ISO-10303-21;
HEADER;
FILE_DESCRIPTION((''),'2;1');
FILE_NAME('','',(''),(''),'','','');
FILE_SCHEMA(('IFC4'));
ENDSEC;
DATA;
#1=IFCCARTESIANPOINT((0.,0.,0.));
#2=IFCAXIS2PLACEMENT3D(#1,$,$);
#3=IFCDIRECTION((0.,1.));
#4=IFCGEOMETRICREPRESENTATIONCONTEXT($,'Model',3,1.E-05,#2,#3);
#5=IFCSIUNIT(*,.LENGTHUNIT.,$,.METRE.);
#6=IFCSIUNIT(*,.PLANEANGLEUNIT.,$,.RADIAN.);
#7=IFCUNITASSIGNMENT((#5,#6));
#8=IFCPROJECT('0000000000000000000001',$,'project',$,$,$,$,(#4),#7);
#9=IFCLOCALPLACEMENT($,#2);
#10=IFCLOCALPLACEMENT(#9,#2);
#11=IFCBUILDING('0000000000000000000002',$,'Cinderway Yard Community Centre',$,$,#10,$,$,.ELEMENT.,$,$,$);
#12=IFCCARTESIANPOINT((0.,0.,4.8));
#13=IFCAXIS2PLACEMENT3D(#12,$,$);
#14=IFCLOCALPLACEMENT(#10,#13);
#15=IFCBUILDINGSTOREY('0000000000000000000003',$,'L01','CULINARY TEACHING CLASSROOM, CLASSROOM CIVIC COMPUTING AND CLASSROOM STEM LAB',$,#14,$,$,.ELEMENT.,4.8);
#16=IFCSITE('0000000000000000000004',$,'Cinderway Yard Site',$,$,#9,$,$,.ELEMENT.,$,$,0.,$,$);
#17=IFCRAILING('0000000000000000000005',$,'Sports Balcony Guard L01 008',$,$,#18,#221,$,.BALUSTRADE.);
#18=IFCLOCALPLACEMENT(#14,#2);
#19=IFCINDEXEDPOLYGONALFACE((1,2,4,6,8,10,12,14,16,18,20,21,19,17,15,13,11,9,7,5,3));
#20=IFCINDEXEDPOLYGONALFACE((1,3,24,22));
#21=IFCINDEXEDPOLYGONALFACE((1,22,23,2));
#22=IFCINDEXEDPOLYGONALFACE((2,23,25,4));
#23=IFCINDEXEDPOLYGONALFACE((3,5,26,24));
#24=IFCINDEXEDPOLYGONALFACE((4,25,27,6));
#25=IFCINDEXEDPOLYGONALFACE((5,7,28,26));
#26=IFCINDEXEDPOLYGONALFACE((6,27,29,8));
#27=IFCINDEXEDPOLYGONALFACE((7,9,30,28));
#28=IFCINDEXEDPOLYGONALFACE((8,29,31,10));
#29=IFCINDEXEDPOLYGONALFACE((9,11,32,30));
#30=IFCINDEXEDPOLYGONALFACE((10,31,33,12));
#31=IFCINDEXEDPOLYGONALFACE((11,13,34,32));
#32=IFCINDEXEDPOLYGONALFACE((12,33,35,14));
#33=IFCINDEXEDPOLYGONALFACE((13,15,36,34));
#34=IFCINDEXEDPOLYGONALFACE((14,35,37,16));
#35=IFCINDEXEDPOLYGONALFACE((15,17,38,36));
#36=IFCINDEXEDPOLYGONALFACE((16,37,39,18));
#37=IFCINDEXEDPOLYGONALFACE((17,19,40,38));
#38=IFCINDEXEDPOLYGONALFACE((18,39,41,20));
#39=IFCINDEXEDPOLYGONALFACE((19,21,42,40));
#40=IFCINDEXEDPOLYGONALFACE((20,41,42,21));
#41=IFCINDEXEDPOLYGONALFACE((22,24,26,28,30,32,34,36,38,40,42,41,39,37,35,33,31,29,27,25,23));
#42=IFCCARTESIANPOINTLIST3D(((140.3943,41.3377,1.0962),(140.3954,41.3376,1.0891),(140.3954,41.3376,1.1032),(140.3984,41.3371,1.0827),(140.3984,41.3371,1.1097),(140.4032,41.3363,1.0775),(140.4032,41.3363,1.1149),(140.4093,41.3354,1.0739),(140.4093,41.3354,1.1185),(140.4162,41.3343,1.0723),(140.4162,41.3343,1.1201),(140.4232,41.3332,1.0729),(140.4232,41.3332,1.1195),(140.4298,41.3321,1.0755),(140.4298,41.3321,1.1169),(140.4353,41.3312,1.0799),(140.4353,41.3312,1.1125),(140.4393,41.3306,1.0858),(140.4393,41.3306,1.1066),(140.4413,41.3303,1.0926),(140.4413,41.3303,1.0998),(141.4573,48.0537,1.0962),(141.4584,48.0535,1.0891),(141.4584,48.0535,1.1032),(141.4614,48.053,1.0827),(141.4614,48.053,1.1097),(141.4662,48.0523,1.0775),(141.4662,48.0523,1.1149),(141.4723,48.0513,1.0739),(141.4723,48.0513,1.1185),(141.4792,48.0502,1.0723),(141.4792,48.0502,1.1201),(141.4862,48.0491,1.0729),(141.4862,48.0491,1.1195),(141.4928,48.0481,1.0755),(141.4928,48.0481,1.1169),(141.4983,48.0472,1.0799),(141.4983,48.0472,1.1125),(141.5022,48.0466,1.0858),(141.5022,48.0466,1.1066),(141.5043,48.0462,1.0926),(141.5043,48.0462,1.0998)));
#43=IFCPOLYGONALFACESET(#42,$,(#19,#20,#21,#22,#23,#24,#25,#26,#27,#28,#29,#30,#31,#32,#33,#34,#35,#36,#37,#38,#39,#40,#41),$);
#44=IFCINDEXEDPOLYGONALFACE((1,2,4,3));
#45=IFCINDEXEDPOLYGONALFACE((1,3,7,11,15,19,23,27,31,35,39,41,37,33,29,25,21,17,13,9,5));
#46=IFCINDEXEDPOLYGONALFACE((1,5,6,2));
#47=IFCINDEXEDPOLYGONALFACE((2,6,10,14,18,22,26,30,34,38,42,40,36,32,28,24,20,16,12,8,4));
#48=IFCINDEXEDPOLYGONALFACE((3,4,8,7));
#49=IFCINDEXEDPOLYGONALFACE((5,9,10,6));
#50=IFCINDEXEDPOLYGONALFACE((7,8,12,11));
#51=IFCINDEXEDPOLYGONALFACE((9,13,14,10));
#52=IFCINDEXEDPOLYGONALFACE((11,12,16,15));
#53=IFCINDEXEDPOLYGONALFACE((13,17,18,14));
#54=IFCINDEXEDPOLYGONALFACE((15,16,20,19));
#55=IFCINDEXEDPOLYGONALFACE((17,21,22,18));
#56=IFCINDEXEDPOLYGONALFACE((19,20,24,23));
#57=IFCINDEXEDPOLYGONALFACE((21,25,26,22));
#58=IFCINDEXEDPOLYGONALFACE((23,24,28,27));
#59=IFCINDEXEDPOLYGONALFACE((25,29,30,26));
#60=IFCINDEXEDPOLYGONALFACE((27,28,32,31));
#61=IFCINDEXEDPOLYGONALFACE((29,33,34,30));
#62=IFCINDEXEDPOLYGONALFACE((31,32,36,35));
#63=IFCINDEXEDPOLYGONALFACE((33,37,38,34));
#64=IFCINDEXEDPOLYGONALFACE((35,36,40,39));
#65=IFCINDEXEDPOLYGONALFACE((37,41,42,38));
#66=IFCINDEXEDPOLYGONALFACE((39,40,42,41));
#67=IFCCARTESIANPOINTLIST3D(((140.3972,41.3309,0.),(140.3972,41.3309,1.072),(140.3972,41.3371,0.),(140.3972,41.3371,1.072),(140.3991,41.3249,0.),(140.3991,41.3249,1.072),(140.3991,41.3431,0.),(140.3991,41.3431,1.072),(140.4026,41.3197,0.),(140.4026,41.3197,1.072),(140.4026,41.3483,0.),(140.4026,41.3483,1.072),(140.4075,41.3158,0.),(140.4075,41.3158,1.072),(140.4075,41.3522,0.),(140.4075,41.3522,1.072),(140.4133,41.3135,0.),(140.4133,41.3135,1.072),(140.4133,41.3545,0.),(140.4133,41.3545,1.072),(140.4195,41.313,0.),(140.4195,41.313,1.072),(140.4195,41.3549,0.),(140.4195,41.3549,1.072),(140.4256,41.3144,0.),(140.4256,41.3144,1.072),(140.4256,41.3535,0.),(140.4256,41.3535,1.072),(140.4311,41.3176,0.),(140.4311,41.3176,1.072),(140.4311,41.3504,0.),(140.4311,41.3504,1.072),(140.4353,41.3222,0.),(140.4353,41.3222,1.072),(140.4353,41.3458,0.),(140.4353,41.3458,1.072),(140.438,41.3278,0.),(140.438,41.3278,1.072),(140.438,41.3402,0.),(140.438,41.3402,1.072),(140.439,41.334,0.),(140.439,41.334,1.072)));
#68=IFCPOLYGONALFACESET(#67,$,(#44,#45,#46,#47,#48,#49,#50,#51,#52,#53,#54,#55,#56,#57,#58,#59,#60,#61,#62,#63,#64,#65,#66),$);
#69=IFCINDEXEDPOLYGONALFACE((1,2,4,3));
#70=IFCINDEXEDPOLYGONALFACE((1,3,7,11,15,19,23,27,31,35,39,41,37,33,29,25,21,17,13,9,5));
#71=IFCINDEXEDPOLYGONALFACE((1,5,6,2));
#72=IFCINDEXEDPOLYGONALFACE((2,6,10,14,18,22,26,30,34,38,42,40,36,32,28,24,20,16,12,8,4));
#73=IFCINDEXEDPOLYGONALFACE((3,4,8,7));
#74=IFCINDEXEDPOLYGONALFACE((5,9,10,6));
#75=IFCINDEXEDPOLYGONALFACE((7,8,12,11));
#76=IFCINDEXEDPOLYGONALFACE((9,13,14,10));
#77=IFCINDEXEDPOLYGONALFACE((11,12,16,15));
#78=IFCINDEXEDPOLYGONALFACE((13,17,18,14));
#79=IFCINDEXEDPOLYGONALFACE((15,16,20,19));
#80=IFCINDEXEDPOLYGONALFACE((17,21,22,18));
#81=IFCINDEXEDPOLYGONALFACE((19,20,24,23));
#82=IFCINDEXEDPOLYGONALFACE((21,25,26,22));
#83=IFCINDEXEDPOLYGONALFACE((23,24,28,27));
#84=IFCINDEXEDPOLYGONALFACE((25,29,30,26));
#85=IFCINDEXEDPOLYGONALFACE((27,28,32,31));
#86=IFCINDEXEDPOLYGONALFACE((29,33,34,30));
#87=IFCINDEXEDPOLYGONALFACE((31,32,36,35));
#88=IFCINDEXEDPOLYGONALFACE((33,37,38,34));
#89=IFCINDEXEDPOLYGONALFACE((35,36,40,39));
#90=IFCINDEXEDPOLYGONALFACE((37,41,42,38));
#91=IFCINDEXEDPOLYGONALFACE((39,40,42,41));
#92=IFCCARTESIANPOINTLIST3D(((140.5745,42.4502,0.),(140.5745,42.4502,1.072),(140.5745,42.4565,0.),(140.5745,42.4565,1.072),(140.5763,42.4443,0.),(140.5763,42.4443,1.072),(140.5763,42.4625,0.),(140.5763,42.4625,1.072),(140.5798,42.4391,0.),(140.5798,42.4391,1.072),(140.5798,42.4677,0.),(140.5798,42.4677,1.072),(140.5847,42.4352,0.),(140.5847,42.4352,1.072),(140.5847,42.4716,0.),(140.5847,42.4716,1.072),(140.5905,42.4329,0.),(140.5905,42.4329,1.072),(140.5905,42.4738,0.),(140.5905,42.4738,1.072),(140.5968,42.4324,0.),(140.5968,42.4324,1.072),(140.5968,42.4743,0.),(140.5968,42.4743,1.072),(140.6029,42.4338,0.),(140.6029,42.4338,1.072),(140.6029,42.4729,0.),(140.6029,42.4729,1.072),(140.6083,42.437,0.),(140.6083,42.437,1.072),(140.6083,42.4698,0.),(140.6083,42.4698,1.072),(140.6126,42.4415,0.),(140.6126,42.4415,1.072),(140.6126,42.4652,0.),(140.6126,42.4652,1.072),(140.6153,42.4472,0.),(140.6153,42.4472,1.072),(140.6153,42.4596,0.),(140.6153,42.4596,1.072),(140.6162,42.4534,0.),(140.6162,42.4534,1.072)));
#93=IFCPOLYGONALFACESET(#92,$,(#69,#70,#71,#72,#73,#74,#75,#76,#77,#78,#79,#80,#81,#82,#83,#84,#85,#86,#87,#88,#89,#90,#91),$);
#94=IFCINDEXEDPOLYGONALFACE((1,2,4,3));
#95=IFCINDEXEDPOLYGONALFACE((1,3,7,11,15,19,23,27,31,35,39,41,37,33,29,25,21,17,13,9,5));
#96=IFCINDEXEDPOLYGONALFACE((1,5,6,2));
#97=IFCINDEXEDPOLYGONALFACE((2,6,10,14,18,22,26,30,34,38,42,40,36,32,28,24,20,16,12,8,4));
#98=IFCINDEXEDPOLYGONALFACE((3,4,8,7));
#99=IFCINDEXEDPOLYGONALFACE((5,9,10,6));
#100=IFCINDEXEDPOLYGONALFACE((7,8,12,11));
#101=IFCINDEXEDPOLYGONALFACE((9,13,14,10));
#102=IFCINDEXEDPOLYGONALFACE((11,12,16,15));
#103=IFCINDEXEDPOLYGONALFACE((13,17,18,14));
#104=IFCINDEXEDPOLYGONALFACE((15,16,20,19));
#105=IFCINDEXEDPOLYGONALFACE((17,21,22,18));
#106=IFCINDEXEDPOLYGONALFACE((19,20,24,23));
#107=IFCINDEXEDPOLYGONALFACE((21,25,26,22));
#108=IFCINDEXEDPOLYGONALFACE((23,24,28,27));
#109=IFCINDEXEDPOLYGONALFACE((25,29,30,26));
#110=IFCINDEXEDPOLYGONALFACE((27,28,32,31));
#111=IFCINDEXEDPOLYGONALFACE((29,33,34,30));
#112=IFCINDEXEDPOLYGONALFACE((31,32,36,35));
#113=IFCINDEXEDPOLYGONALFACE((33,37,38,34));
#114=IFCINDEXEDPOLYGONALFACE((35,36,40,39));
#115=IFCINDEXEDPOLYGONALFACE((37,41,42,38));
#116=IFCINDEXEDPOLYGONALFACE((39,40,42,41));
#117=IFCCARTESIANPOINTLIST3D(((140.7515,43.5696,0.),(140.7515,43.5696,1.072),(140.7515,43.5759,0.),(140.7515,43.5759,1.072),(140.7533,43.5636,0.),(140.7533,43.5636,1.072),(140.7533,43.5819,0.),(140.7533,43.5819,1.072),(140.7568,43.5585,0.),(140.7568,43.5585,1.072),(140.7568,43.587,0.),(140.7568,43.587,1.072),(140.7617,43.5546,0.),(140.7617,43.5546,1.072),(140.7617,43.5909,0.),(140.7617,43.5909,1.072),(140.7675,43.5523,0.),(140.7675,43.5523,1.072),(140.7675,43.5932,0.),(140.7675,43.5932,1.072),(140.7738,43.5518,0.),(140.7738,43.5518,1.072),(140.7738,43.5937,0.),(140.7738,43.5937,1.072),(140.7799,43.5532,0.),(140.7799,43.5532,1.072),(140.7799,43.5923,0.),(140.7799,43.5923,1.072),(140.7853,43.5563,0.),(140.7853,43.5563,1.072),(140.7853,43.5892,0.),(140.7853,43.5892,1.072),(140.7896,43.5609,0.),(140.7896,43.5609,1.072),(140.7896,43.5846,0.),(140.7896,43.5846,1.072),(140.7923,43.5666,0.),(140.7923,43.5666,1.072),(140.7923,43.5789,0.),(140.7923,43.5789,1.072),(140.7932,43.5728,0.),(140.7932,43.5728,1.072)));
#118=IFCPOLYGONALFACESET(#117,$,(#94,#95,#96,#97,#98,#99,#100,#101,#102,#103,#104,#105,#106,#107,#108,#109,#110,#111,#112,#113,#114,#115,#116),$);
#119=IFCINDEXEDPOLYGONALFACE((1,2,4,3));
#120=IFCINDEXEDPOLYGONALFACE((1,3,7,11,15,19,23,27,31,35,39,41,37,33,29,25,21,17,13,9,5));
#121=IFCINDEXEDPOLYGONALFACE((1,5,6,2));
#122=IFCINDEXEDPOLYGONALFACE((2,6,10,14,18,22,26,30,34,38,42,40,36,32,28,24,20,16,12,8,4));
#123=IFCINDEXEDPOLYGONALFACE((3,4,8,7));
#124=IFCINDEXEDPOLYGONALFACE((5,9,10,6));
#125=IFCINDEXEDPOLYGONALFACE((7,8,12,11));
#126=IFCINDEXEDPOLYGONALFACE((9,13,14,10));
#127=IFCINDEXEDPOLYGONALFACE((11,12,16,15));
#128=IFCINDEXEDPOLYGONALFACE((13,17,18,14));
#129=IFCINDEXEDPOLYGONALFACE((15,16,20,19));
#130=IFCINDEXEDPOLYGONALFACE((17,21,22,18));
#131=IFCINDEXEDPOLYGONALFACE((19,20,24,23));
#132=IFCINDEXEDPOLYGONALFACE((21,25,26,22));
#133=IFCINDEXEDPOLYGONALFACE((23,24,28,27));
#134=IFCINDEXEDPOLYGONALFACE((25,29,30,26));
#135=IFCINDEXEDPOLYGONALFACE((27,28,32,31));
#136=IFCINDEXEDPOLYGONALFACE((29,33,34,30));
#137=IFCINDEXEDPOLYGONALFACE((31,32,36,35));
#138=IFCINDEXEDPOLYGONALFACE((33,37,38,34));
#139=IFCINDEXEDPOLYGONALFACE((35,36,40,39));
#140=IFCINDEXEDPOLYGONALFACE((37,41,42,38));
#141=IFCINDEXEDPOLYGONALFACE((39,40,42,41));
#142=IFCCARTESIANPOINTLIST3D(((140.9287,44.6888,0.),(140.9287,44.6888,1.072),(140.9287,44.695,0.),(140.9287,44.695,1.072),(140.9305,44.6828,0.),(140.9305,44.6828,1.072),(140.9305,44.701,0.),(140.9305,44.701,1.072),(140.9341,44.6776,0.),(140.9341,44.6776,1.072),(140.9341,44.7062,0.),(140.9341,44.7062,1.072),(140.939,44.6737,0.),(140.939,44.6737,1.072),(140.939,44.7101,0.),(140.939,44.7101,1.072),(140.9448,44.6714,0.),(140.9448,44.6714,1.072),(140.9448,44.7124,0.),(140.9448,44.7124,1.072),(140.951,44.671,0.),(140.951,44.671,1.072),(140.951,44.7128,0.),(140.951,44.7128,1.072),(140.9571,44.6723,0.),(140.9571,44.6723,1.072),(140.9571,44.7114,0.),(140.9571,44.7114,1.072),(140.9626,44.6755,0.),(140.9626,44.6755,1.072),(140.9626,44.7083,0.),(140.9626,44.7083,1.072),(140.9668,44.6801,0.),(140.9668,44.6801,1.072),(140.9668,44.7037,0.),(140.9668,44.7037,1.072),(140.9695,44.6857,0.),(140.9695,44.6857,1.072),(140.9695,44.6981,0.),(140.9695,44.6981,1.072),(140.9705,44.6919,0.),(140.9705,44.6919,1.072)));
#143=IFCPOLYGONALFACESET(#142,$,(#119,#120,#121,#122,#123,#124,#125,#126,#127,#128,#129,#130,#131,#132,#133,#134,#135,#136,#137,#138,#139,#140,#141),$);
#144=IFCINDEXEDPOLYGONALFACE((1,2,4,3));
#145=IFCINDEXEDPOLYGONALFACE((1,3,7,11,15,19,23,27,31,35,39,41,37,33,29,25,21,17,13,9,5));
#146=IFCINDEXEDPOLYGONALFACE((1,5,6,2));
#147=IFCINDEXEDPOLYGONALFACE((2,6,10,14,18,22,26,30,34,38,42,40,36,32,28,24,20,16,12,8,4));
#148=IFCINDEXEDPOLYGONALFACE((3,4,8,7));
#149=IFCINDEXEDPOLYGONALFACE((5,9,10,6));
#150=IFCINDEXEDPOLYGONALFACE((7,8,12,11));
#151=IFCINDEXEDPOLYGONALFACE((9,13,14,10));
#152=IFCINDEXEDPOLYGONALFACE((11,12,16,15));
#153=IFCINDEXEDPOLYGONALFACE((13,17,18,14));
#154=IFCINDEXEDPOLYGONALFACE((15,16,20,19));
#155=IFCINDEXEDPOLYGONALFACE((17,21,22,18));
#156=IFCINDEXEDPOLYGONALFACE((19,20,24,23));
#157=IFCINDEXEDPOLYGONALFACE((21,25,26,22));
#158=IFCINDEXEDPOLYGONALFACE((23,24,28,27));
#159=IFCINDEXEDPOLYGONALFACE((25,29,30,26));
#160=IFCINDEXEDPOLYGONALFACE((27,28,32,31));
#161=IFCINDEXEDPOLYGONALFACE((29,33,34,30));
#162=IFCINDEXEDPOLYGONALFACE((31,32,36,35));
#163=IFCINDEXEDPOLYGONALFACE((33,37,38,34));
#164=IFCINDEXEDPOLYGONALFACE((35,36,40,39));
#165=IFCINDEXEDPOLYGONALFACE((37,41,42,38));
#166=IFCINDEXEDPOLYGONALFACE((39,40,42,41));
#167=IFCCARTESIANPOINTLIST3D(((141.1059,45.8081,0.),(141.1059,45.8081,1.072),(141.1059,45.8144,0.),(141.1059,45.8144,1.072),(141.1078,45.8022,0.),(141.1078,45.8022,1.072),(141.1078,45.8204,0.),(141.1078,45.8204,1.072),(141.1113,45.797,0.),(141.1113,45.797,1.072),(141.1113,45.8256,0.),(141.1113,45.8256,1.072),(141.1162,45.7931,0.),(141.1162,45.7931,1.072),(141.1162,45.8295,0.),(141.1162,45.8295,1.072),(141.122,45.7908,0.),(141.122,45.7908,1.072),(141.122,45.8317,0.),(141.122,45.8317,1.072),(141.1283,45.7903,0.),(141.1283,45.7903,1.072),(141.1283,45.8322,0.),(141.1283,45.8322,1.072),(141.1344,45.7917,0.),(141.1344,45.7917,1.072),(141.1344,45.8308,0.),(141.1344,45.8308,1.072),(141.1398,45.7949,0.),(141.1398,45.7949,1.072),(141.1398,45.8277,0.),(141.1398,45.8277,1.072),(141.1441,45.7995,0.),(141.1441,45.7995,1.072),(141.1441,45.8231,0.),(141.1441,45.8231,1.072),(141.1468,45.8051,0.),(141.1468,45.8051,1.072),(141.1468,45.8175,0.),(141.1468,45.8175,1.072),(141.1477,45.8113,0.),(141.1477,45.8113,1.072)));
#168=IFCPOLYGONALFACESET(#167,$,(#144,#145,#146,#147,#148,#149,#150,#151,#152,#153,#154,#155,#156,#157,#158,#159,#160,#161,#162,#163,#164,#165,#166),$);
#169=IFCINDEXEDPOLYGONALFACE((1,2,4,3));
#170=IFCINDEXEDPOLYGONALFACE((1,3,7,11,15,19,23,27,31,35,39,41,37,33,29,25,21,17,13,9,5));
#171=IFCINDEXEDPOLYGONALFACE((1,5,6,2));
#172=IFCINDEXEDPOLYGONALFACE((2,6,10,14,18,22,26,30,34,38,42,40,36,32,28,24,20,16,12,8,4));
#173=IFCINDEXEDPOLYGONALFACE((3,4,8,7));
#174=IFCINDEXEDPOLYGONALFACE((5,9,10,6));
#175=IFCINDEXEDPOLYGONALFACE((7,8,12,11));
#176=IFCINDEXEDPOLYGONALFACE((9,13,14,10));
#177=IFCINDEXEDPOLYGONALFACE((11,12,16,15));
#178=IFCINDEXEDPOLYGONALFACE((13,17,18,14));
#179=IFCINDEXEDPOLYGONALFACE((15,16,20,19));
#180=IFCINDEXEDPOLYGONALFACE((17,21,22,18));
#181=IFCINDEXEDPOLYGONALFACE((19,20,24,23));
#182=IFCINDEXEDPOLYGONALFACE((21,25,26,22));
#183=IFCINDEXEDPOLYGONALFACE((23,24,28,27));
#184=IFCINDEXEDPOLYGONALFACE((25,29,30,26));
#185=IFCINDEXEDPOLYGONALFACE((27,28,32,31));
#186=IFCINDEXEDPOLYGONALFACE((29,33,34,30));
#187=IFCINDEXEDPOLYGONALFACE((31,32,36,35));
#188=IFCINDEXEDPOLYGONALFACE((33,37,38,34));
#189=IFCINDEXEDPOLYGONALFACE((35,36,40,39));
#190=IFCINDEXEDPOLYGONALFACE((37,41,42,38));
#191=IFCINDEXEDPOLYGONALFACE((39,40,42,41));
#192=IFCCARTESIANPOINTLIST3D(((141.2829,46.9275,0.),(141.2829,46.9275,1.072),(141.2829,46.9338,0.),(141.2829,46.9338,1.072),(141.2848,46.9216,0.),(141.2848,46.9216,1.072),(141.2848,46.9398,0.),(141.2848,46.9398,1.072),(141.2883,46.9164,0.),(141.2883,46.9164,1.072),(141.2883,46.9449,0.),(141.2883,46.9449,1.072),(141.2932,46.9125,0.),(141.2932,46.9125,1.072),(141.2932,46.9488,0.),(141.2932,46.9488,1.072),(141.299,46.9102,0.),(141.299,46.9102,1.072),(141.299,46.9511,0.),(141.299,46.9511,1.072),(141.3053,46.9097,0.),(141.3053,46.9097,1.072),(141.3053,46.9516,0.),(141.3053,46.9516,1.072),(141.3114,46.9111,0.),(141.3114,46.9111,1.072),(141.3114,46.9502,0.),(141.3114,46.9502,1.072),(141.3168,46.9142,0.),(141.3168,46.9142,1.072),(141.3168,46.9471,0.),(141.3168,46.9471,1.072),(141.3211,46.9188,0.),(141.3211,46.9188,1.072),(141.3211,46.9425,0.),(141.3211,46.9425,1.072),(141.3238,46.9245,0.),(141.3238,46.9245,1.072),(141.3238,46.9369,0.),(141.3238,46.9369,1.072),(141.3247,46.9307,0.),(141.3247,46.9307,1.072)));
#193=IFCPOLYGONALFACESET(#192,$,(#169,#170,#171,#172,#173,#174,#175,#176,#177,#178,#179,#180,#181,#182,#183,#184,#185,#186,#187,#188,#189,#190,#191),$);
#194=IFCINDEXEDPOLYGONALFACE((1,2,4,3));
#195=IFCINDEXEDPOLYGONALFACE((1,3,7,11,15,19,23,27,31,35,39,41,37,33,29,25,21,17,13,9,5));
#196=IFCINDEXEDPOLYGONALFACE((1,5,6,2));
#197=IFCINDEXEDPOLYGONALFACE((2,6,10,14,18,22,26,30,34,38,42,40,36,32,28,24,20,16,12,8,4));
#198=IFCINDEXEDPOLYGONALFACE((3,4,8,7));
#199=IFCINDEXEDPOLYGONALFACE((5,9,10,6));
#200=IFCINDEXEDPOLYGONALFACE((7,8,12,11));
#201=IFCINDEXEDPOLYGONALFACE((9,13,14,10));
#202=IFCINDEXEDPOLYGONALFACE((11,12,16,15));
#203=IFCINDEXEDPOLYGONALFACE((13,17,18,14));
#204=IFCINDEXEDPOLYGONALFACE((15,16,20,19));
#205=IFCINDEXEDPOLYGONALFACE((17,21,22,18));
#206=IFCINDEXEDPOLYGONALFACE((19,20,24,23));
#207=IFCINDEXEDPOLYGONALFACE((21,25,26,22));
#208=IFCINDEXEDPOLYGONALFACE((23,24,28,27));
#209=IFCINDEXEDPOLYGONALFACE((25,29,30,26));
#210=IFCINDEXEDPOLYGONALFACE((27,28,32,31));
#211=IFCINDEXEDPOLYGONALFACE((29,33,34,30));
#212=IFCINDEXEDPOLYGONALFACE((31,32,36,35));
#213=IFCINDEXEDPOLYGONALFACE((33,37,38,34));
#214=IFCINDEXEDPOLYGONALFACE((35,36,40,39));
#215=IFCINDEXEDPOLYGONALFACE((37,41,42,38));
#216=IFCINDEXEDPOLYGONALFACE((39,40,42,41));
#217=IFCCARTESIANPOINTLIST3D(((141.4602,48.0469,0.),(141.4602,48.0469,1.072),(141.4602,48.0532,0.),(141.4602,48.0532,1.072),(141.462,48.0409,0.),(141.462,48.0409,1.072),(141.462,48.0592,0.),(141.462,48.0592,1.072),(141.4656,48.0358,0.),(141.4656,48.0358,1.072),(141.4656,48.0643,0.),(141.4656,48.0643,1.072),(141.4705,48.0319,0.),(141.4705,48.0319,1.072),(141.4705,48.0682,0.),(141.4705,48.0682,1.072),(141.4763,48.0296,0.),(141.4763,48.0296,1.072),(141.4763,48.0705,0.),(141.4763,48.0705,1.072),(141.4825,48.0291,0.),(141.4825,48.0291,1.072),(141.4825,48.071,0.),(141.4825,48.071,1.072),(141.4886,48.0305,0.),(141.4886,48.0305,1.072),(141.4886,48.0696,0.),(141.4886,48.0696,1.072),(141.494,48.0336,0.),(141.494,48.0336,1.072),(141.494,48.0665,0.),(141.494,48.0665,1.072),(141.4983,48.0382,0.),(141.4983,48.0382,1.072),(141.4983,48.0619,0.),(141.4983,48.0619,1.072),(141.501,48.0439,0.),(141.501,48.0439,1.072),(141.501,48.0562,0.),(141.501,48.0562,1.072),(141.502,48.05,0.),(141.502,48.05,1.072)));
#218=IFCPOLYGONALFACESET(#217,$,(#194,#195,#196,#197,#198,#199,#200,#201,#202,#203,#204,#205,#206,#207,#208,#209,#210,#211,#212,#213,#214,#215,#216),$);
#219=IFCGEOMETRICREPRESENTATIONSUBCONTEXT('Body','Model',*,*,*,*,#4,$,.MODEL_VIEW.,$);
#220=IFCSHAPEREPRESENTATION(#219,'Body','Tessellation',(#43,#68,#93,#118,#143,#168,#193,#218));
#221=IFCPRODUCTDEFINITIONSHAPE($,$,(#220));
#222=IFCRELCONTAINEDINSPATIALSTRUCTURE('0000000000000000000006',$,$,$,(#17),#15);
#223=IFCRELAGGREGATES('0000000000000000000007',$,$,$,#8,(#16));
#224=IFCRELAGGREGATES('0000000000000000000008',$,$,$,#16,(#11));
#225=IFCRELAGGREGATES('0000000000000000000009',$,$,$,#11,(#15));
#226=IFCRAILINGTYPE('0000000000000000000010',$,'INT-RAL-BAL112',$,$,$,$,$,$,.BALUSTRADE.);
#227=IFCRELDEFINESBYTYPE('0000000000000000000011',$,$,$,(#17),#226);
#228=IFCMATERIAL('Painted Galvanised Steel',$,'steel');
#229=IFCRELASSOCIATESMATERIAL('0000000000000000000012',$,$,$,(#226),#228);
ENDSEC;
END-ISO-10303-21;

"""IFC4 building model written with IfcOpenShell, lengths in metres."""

from ifc_helpers import new_model, si_unit, direction, frame, origin, origin_2d, place, context, subcontext, project, spatial, circle, extrude, material, type_object, element, save


model = new_model("IFC4")

# Units and contexts
model_context = context("Model", 3, precision=1e-05, world=origin(), true_north=direction((0.0, 1.0)))
body_context = subcontext(model_context, "Body", "Model", "MODEL_VIEW")
ifc_project = project(units=[si_unit("LENGTHUNIT", "METRE"), si_unit("PLANEANGLEUNIT", "RADIAN")], contexts=[model_context])

# Site, building, storey
site_placement = place(None, origin())
site = spatial("IfcSite", under=ifc_project, at=site_placement, Name="Cinderway Yard Site", CompositionType="ELEMENT", RefElevation=0.0)
building_placement = place(site_placement, origin())
building = spatial("IfcBuilding", under=site, at=building_placement, Name="Cinderway Yard Community Centre", CompositionType="ELEMENT")
storey_placement = place(building_placement, frame((0.0, 0.0, 4.8)))
storey = spatial("IfcBuildingStorey", under=building, at=storey_placement, Name="L01", Description="CULINARY TEACHING CLASSROOM, CLASSROOM CIVIC COMPUTING AND CLASSROOM STEM LAB", CompositionType="ELEMENT", Elevation=4.8)

# Shared definitions
ifc_material_1 = material(Name="Painted Galvanised Steel", Category="steel")

# Railing
railing_type = type_object("IfcRailingType", Name="INT-RAL-BAL112", PredefinedType="BALUSTRADE", material=ifc_material_1)
railing_1_placement = place(storey_placement, frame((140.418, 41.334, 0.0)))
element("IfcRailing", 1, at=railing_1_placement, inside=storey, type_object=railing_type, Name="Sports Balcony Guard L01 008", PredefinedType="BALUSTRADE", context=body_context, shape_type="SweptSolid", body=[
    extrude(circle(Radius=0.0239, at=origin_2d()), frame((0.0, 0.0, 1.0962), z_axis=(0.156329, 0.987705, 0.0), x_axis=(-0.987705, 0.156329, 0.0)), (0.0, 0.0, 1.0), 6.7996),
    extrude(circle(Radius=0.021, at=origin_2d()), origin(), (0.0, 0.0, 1.0), 1.072),
    extrude(circle(Radius=0.021, at=origin_2d()), frame((0.1772, 1.1194, 0.0)), (0.0, 0.0, 1.0), 1.072),
    extrude(circle(Radius=0.021, at=origin_2d()), frame((0.3542, 2.2388, 0.0)), (0.0, 0.0, 1.0), 1.072),
    extrude(circle(Radius=0.021, at=origin_2d()), frame((0.5315, 3.3579, 0.0)), (0.0, 0.0, 1.0), 1.072),
    extrude(circle(Radius=0.021, at=origin_2d()), frame((0.7087, 4.4773, 0.0)), (0.0, 0.0, 1.0), 1.072),
    extrude(circle(Radius=0.021, at=origin_2d()), frame((0.8857, 5.5967, 0.0)), (0.0, 0.0, 1.0), 1.072),
    extrude(circle(Radius=0.021, at=origin_2d()), frame((1.063, 6.7161, 0.0)), (0.0, 0.0, 1.0), 1.072),
])

save(model, "model.ifc")
